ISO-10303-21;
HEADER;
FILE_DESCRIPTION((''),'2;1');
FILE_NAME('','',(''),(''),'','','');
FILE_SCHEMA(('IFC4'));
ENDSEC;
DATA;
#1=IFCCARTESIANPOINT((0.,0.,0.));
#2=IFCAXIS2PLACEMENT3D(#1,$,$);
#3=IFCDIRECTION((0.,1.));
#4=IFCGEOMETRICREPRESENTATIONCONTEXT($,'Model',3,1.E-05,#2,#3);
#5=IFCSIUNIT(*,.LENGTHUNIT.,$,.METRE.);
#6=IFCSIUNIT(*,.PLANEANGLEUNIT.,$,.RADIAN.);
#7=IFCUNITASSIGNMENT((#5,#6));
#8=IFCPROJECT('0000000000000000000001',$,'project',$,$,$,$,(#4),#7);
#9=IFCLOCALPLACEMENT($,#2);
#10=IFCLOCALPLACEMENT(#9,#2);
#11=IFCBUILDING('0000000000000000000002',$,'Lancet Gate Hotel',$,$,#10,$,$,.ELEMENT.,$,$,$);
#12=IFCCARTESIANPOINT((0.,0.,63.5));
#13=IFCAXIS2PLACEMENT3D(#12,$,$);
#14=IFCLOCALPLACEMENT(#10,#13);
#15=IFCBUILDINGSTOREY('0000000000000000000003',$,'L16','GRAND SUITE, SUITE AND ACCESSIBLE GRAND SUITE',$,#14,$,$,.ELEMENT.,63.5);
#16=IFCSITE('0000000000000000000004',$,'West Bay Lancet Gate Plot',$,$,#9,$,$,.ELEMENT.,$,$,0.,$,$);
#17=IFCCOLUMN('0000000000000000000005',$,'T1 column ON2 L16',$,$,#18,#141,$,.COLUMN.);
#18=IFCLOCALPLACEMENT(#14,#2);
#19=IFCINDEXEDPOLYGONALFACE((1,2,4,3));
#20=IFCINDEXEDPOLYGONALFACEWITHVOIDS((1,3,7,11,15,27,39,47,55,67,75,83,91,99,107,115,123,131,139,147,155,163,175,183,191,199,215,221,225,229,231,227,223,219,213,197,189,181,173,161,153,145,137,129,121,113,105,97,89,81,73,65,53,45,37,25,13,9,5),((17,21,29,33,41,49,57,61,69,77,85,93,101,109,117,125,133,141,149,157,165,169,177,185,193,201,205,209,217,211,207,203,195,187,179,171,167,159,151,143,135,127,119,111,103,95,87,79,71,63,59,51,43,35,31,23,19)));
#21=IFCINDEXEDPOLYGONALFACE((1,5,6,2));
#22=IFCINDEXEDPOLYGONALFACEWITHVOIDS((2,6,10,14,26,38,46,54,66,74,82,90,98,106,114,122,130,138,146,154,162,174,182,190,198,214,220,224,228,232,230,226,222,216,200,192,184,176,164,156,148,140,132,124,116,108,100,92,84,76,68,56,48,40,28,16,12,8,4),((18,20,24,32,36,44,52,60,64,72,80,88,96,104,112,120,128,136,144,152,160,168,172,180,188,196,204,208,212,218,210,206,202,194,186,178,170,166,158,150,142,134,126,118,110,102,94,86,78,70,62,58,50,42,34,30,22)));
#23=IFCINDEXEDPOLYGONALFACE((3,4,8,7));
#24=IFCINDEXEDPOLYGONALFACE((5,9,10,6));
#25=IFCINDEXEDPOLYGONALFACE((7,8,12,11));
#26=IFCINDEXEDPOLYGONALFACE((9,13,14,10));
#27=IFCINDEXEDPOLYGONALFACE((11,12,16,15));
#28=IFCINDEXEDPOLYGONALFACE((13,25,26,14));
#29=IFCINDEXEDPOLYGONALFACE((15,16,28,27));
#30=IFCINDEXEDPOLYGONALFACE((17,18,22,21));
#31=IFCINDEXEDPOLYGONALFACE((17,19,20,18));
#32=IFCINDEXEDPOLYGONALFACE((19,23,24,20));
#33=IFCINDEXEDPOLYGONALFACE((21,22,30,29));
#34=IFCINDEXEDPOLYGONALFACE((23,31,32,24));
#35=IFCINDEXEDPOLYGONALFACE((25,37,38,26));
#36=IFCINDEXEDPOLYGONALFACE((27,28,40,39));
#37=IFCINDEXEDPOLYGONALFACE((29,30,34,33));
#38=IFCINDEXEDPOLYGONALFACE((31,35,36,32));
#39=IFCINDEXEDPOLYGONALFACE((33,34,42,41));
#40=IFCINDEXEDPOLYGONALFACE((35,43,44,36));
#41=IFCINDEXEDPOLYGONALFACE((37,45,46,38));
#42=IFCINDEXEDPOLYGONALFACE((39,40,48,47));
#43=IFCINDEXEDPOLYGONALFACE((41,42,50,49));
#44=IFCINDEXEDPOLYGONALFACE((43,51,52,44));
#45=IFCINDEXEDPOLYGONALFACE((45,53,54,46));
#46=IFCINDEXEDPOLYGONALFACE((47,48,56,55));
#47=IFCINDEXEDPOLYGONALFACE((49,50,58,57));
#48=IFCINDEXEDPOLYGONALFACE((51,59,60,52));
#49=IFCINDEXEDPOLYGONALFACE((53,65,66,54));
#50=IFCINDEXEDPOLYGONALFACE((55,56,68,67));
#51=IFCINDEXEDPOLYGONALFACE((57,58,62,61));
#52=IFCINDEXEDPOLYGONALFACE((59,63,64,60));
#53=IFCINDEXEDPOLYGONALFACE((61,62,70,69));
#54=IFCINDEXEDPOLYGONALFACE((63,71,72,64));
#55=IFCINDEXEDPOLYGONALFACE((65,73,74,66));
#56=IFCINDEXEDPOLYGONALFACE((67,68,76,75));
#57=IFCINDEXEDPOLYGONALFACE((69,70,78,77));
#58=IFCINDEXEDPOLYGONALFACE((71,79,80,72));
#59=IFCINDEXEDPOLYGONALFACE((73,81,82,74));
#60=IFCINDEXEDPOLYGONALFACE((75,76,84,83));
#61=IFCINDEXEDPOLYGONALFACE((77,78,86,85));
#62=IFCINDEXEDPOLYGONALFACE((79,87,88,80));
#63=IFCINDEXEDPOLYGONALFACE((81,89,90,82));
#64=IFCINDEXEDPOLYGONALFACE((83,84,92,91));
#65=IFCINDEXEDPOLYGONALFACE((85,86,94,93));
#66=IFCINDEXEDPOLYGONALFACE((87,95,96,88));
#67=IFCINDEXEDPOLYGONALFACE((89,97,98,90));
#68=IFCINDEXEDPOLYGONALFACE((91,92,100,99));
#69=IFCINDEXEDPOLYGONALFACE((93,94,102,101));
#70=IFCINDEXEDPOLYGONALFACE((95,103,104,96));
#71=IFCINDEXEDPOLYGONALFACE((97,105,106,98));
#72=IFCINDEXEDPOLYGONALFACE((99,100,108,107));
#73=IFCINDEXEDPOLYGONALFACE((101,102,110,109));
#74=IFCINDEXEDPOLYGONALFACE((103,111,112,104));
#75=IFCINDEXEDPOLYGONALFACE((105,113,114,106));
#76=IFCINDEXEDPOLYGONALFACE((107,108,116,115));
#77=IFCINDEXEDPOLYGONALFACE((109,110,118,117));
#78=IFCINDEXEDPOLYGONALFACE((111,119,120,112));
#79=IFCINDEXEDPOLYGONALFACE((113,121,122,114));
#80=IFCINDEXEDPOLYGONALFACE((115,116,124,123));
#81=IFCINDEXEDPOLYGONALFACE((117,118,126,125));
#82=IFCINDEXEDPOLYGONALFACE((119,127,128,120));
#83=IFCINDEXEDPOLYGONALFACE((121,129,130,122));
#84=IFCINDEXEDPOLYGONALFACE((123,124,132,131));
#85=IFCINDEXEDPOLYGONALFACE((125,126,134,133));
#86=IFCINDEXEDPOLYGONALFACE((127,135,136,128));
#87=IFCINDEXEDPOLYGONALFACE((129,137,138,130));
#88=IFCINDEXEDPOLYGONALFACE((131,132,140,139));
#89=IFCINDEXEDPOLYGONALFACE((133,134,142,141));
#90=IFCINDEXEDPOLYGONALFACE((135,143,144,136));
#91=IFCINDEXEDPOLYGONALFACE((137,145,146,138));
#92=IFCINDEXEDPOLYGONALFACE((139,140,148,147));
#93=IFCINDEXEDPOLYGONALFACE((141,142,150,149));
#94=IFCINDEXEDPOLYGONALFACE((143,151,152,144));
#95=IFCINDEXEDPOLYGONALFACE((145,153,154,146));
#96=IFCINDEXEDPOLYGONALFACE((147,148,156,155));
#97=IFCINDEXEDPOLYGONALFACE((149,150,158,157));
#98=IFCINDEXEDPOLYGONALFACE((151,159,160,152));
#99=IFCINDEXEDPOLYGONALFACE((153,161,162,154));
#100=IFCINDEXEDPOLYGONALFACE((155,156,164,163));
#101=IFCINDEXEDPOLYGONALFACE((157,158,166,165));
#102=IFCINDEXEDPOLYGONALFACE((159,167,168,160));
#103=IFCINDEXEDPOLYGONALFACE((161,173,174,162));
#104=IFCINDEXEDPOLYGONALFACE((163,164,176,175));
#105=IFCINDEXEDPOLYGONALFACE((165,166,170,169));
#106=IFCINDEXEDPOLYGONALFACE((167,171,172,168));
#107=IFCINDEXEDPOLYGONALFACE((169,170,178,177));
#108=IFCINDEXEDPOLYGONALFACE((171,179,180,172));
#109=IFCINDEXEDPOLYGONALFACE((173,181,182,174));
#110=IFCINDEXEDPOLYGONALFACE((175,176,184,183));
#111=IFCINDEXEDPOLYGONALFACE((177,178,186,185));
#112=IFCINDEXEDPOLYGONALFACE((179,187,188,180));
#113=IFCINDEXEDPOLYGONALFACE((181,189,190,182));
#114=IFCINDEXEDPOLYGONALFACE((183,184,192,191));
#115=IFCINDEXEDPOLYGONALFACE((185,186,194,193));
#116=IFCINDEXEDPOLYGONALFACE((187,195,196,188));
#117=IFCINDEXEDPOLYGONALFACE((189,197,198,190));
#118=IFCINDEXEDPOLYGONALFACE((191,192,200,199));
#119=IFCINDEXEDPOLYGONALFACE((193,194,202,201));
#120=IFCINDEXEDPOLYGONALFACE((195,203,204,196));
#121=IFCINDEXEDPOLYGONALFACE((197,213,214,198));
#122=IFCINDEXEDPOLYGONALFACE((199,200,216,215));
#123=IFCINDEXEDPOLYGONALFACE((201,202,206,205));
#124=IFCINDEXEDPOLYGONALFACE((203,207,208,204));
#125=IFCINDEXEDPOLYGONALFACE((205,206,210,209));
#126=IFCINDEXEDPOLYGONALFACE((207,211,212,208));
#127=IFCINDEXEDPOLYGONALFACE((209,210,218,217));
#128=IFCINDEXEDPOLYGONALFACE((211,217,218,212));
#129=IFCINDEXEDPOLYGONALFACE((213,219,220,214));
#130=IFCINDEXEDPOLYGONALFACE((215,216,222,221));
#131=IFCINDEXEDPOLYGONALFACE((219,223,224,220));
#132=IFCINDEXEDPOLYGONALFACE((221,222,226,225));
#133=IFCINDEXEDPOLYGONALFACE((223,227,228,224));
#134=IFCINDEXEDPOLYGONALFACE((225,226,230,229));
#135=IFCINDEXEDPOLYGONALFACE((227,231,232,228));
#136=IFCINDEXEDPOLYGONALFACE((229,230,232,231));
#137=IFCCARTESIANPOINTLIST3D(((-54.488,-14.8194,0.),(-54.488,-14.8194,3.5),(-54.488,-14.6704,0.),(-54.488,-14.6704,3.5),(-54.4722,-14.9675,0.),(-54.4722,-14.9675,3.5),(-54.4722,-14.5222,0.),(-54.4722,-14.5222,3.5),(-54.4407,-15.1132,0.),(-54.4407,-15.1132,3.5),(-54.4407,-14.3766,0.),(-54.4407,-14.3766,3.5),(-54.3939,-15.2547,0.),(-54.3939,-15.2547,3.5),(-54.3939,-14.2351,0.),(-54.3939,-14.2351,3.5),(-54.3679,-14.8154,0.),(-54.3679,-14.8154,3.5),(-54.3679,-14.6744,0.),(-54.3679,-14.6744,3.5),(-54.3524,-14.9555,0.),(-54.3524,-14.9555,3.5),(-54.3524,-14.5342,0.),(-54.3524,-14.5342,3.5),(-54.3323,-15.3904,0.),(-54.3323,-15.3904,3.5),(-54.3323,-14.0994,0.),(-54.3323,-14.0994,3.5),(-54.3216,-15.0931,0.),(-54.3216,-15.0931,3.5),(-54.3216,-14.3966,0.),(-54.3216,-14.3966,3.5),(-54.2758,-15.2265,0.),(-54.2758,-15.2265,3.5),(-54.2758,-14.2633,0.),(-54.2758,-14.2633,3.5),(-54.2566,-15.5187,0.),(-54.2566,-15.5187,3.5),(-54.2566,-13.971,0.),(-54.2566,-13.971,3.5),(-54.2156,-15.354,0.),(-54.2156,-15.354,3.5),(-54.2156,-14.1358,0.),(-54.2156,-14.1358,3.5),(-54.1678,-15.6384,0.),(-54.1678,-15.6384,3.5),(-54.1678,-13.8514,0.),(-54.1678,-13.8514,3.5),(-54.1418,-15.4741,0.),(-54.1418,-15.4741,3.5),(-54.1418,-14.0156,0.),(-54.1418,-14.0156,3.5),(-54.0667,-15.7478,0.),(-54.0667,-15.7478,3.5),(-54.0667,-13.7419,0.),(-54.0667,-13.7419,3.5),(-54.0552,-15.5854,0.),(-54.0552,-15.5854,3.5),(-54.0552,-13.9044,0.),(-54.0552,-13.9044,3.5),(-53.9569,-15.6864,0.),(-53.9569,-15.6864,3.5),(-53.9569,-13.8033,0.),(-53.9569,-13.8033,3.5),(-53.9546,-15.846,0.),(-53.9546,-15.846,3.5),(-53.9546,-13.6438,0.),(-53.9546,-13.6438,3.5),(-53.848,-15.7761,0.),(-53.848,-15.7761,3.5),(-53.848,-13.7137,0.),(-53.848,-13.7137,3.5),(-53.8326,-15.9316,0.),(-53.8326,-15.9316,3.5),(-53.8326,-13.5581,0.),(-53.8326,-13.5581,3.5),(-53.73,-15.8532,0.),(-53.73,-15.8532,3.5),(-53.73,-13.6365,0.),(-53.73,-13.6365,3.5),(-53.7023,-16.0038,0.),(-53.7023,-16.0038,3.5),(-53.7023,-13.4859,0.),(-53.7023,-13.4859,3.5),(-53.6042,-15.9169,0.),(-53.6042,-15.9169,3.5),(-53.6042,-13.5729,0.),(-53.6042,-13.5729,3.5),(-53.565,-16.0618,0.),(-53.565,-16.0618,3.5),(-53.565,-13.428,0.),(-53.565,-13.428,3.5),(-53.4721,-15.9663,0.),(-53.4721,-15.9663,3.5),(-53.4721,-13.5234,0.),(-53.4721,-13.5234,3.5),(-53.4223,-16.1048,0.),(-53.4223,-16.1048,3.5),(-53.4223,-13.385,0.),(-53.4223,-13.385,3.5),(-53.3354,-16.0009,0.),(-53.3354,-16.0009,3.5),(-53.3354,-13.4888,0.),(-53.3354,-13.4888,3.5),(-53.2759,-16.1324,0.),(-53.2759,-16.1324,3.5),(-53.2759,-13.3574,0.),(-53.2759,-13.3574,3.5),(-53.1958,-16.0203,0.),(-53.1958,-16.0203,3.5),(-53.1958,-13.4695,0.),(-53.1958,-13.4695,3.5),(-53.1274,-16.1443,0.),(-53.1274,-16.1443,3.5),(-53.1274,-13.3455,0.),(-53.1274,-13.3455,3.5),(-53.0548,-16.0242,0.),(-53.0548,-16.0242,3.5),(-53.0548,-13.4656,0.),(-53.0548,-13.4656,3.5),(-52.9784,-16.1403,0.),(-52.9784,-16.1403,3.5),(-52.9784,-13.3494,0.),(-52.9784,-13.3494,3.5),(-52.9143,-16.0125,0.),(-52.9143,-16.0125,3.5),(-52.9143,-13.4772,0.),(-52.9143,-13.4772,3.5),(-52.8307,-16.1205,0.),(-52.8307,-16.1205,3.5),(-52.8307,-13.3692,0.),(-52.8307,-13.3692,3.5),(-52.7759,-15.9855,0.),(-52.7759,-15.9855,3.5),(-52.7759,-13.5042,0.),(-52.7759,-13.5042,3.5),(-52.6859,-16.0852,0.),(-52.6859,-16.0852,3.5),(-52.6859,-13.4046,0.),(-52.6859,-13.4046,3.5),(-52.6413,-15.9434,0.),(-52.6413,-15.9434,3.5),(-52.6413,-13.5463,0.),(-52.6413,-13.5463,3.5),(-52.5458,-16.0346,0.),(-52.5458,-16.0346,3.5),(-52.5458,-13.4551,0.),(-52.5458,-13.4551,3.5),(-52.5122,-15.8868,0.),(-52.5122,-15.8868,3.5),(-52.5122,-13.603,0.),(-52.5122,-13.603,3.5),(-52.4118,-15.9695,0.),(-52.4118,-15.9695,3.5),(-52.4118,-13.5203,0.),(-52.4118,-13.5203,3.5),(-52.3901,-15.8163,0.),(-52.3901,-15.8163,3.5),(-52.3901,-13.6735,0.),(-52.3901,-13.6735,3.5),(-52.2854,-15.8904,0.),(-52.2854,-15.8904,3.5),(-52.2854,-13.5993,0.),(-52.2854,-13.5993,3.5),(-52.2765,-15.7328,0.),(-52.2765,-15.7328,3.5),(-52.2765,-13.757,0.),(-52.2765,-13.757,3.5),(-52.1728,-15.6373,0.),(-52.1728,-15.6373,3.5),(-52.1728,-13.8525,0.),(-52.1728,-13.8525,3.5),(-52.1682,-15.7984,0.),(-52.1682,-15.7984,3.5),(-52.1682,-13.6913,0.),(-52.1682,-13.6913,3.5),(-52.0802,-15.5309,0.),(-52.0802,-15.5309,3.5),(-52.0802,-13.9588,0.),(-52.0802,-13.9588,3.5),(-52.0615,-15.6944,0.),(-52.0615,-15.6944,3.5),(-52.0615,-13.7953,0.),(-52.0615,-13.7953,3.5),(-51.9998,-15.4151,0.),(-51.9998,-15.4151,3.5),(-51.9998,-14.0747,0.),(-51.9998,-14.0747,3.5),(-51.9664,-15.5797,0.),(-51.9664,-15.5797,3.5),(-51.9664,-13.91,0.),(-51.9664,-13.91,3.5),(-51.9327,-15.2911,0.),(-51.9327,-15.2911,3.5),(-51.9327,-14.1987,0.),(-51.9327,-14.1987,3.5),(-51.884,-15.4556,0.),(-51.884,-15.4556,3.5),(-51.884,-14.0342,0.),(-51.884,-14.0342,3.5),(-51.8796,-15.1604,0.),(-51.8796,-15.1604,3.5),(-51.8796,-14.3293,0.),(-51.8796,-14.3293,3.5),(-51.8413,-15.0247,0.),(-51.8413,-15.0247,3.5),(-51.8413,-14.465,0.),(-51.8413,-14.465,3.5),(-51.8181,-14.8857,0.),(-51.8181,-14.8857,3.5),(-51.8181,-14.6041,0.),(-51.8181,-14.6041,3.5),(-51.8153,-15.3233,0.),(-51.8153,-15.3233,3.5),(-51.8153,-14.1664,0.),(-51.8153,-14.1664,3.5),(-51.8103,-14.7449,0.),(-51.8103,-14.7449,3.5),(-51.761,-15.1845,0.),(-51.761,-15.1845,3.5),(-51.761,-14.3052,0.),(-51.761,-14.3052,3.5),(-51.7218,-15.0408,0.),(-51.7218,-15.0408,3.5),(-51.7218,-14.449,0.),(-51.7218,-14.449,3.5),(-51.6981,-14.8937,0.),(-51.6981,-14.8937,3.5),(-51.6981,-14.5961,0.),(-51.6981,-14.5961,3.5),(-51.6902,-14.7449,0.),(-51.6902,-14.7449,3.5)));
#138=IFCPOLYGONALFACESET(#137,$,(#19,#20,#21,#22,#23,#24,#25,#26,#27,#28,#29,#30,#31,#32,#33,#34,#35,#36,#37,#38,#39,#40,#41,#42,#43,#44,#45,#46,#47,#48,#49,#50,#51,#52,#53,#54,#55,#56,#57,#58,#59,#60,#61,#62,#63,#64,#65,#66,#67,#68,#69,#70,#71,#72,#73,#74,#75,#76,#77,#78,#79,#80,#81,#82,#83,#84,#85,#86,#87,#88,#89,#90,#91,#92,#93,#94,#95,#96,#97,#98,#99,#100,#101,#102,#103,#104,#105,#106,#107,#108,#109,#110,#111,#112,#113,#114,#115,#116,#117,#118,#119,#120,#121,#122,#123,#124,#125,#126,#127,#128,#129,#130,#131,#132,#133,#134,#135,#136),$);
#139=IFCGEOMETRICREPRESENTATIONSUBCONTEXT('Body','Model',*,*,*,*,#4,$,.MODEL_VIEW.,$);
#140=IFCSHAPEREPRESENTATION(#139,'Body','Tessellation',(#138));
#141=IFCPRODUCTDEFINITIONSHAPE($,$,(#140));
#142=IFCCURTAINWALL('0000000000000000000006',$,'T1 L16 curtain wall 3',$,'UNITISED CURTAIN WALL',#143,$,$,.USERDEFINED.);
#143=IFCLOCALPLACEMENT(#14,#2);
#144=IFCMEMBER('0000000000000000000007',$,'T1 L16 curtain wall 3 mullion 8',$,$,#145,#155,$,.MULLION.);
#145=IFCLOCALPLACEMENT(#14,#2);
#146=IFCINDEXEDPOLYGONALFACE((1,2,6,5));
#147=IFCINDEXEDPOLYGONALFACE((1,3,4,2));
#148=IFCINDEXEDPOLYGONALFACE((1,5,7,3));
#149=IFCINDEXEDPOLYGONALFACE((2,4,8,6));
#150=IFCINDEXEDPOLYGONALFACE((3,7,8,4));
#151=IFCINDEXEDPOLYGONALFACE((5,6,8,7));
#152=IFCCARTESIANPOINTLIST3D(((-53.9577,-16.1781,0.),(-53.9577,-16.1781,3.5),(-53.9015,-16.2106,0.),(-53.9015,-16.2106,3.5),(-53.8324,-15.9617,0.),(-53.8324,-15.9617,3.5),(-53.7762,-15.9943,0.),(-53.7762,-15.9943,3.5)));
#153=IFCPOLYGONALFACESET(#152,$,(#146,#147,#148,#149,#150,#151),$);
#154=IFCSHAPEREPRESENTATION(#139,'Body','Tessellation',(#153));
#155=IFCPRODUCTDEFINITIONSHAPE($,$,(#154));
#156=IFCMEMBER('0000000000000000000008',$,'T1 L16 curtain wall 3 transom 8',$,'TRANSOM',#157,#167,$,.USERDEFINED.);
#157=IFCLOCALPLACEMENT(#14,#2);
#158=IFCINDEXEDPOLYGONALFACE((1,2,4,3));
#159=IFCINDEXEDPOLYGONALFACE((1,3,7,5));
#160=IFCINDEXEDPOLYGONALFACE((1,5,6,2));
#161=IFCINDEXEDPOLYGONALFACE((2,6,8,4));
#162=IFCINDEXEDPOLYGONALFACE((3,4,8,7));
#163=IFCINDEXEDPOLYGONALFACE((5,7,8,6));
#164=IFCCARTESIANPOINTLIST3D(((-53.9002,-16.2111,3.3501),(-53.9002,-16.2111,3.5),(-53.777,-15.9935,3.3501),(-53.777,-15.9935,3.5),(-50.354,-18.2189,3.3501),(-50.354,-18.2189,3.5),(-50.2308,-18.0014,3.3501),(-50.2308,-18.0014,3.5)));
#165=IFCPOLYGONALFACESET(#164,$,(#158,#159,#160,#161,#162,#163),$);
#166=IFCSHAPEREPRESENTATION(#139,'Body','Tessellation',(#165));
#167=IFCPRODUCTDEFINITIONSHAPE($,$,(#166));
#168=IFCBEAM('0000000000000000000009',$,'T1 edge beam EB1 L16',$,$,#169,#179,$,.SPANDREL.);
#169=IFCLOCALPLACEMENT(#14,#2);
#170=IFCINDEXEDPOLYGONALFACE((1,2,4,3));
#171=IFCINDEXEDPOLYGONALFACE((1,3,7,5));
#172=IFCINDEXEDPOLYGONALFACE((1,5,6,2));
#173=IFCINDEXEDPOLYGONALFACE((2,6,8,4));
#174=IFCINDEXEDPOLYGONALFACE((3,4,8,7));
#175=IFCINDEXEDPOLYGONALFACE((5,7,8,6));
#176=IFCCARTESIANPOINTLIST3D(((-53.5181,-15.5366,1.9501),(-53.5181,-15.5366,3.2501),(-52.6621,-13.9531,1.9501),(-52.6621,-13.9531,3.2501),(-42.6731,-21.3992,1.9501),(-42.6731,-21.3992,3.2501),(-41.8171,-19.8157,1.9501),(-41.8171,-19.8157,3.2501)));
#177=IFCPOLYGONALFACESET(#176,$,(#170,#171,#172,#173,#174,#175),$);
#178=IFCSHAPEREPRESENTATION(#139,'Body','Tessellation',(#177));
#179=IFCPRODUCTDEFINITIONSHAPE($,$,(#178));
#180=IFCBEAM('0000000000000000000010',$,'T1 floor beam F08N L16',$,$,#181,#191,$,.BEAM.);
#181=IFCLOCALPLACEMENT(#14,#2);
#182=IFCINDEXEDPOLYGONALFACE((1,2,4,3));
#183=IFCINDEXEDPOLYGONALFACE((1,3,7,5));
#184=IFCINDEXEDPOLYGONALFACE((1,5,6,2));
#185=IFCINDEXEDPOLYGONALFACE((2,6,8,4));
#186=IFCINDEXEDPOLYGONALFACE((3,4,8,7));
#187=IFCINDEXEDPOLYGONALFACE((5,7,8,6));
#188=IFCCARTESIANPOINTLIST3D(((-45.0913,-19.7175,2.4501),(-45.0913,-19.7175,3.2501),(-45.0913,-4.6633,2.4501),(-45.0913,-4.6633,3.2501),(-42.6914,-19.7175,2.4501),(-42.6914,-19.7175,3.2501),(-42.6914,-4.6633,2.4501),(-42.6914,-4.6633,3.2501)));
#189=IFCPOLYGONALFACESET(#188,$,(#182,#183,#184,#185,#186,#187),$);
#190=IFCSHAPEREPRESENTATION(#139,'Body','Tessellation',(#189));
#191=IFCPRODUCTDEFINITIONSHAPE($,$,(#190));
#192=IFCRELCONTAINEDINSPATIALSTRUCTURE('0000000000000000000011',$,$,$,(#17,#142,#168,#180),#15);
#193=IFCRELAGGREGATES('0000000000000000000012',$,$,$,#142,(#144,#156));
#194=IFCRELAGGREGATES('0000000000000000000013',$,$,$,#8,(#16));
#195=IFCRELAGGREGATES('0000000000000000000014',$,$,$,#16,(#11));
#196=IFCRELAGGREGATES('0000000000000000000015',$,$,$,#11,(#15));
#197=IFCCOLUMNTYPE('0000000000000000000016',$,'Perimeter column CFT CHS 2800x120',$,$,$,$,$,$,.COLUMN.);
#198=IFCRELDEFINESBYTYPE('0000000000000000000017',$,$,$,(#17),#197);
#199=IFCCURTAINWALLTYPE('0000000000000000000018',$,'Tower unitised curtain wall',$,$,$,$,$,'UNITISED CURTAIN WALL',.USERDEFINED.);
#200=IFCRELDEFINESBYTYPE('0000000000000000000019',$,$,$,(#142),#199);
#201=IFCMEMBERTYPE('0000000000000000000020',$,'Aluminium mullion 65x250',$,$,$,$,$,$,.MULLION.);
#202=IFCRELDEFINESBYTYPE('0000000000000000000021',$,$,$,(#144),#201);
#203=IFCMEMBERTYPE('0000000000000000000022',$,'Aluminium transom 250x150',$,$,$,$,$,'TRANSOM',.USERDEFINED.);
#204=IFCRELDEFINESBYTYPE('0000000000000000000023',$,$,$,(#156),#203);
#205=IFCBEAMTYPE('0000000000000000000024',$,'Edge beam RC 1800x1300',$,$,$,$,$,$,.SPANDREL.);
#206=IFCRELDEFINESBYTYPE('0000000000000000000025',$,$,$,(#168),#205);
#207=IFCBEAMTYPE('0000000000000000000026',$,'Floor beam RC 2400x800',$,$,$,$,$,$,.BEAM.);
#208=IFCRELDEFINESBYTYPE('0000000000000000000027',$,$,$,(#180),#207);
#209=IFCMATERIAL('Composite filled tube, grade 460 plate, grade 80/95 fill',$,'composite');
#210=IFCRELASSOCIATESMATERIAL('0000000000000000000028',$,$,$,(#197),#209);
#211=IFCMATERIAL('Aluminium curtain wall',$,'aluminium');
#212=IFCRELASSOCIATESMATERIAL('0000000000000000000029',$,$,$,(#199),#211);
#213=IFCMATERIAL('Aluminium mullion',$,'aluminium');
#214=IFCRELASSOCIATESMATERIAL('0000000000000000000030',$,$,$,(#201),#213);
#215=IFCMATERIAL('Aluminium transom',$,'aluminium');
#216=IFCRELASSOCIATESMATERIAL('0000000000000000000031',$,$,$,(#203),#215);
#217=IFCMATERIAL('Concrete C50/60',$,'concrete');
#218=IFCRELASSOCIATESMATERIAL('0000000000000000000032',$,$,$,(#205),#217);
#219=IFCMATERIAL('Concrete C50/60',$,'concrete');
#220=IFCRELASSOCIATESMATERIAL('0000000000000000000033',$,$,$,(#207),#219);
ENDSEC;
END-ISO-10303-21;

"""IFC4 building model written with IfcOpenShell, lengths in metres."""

from ifc_helpers import new_model, si_unit, direction, frame, origin, origin_2d, place, context, subcontext, project, spatial, rectangle, hollow_circle, extrude, material, material_profile, profile_set, type_object, element, aggregate, save


model = new_model("IFC4")

# Units and contexts
model_context = context("Model", 3, precision=1e-05, world=origin(), true_north=direction((0.0, 1.0)))
body_context = subcontext(model_context, "Body", "Model", "MODEL_VIEW")
ifc_project = project(units=[si_unit("LENGTHUNIT", "METRE"), si_unit("PLANEANGLEUNIT", "RADIAN")], contexts=[model_context])

# Site, building, storey
site_placement = place(None, origin())
site = spatial("IfcSite", under=ifc_project, at=site_placement, Name="West Bay Lancet Gate Plot", CompositionType="ELEMENT", RefElevation=0.0)
building_placement = place(site_placement, origin())
building = spatial("IfcBuilding", under=site, at=building_placement, Name="Lancet Gate Hotel", CompositionType="ELEMENT")
storey_placement = place(building_placement, frame((0.0, 0.0, 63.5)))
storey = spatial("IfcBuildingStorey", under=building, at=storey_placement, Name="L16", Description="GRAND SUITE, SUITE AND ACCESSIBLE GRAND SUITE", CompositionType="ELEMENT", Elevation=63.5)

# Column
ifc_material_1 = material(Name="Composite filled tube, grade 460 plate, grade 80/95 fill", Category="composite")
ifc_material_profile_1 = material_profile(ifc_material_1, hollow_circle(Radius=1.3999, WallThickness=0.1201, at=origin_2d()), Name="CHS 2800x120")
ifc_profile_set_1 = profile_set([ifc_material_profile_1], Name="Composite filled tube, grade 460 plate, grade 80/95 fill")
column_type = type_object("IfcColumnType", Name="Perimeter column CFT CHS 2800x120", PredefinedType="COLUMN", material=ifc_profile_set_1)
column_placement = place(storey_placement, frame((-53.0901, -14.7449, 0.0), z_axis=(0.0, 0.0, 1.0), x_axis=(1.0, 0.0, 0.0)))
element("IfcColumn", 1, at=column_placement, inside=storey, type_object=column_type, Name="T1 column ON2 L16", PredefinedType="COLUMN", context=body_context, shape_type="SweptSolid", body=[
    extrude(hollow_circle(Radius=1.3999, WallThickness=0.1201, at=origin_2d()), origin(), (0.0, 0.0, 1.0), 3.5),
])

# Curtain wall, members
ifc_material_2 = material(Name="Aluminium curtain wall", Category="aluminium")
curtain_wall_type = type_object("IfcCurtainWallType", Name="Tower unitised curtain wall", ElementType="UNITISED CURTAIN WALL", PredefinedType="USERDEFINED", material=ifc_material_2)
curtain_wall_placement = place(storey_placement, origin())
curtain_wall = element("IfcCurtainWall", 2, at=curtain_wall_placement, inside=storey, type_object=curtain_wall_type, Name="T1 L16 curtain wall 3", ObjectType="UNITISED CURTAIN WALL", PredefinedType="USERDEFINED")
ifc_material_3 = material(Name="Aluminium mullion", Category="aluminium")
ifc_material_profile_2 = material_profile(ifc_material_3, rectangle(XDim=0.0649, YDim=0.25, at=origin_2d()), Name="MULLION 65x250")
ifc_profile_set_2 = profile_set([ifc_material_profile_2], Name="Aluminium mullion")
member_type_1 = type_object("IfcMemberType", Name="Aluminium mullion 65x250", PredefinedType="MULLION", material=ifc_profile_set_2)
member_1_placement = place(storey_placement, frame((-53.8669, -16.0862, 0.0), z_axis=(0.0, 0.0, 1.0), x_axis=(0.865335, -0.501194, 0.0)))
member_1 = element("IfcMember", 3, at=member_1_placement, type_object=member_type_1, Name="T1 L16 curtain wall 3 mullion 8", PredefinedType="MULLION", context=body_context, shape_type="SweptSolid", body=[
    extrude(rectangle(XDim=0.0649, YDim=0.25, at=origin_2d()), origin(), (0.0, 0.0, 1.0), 3.5),
])
ifc_material_4 = material(Name="Aluminium transom", Category="aluminium")
ifc_material_profile_3 = material_profile(ifc_material_4, rectangle(XDim=0.25, YDim=0.1499, at=origin_2d()), Name="TRANSOM 250x150")
ifc_profile_set_3 = profile_set([ifc_material_profile_3], Name="Aluminium transom")
member_type_2 = type_object("IfcMemberType", Name="Aluminium transom 250x150", ElementType="TRANSOM", PredefinedType="USERDEFINED", material=ifc_profile_set_3)
member_2_placement = place(storey_placement, frame((-53.8386, -16.1023, 3.425), z_axis=(0.870198, -0.492703, 0.0), x_axis=(0.492703, 0.870198, 0.0)))
member_2 = element("IfcMember", 4, at=member_2_placement, type_object=member_type_2, Name="T1 L16 curtain wall 3 transom 8", ObjectType="TRANSOM", PredefinedType="USERDEFINED", context=body_context, shape_type="SweptSolid", body=[
    extrude(rectangle(XDim=0.25, YDim=0.1499, at=origin_2d()), origin(), (0.0, 0.0, 1.0), 4.0752),
])

# Beams
ifc_material_5 = material(Name="Concrete C50/60", Category="concrete")
ifc_material_profile_4 = material_profile(ifc_material_5, rectangle(XDim=1.8, YDim=1.3, at=origin_2d()), Name="RC 1800x1300")
ifc_profile_set_4 = profile_set([ifc_material_profile_4], Name="Concrete C50/60")
beam_type_1 = type_object("IfcBeamType", Name="Edge beam RC 1800x1300", PredefinedType="SPANDREL", material=ifc_profile_set_4)
beam_1_placement = place(storey_placement, frame((-53.0901, -14.7449, 2.6001), z_axis=(0.879693, -0.475542, 0.0), x_axis=(0.475542, 0.879693, 0.0)))
element("IfcBeam", 5, at=beam_1_placement, inside=storey, type_object=beam_type_1, Name="T1 edge beam EB1 L16", PredefinedType="SPANDREL", context=body_context, shape_type="SweptSolid", body=[
    extrude(rectangle(XDim=1.8, YDim=1.3, at=origin_2d()), origin(), (0.0, 0.0, 1.0), 12.3281),
])
ifc_material_6 = material(Name="Concrete C50/60", Category="concrete")
ifc_material_profile_5 = material_profile(ifc_material_6, rectangle(XDim=2.3999, YDim=0.8, at=origin_2d()), Name="RC 2400x800")
ifc_profile_set_5 = profile_set([ifc_material_profile_5], Name="Concrete C50/60")
beam_type_2 = type_object("IfcBeamType", Name="Floor beam RC 2400x800", PredefinedType="BEAM", material=ifc_profile_set_5)
beam_2_placement = place(storey_placement, frame((-43.8914, -4.6633, 2.8501), z_axis=(0.0, -1.0, 0.0), x_axis=(1.0, 0.0, 0.0)))
element("IfcBeam", 6, at=beam_2_placement, inside=storey, type_object=beam_type_2, Name="T1 floor beam F08N L16", PredefinedType="BEAM", context=body_context, shape_type="SweptSolid", body=[
    extrude(rectangle(XDim=2.3999, YDim=0.8, at=origin_2d()), origin(), (0.0, 0.0, 1.0), 15.0542),
])

aggregate(curtain_wall, [member_1, member_2])

save(model, "model.ifc")
